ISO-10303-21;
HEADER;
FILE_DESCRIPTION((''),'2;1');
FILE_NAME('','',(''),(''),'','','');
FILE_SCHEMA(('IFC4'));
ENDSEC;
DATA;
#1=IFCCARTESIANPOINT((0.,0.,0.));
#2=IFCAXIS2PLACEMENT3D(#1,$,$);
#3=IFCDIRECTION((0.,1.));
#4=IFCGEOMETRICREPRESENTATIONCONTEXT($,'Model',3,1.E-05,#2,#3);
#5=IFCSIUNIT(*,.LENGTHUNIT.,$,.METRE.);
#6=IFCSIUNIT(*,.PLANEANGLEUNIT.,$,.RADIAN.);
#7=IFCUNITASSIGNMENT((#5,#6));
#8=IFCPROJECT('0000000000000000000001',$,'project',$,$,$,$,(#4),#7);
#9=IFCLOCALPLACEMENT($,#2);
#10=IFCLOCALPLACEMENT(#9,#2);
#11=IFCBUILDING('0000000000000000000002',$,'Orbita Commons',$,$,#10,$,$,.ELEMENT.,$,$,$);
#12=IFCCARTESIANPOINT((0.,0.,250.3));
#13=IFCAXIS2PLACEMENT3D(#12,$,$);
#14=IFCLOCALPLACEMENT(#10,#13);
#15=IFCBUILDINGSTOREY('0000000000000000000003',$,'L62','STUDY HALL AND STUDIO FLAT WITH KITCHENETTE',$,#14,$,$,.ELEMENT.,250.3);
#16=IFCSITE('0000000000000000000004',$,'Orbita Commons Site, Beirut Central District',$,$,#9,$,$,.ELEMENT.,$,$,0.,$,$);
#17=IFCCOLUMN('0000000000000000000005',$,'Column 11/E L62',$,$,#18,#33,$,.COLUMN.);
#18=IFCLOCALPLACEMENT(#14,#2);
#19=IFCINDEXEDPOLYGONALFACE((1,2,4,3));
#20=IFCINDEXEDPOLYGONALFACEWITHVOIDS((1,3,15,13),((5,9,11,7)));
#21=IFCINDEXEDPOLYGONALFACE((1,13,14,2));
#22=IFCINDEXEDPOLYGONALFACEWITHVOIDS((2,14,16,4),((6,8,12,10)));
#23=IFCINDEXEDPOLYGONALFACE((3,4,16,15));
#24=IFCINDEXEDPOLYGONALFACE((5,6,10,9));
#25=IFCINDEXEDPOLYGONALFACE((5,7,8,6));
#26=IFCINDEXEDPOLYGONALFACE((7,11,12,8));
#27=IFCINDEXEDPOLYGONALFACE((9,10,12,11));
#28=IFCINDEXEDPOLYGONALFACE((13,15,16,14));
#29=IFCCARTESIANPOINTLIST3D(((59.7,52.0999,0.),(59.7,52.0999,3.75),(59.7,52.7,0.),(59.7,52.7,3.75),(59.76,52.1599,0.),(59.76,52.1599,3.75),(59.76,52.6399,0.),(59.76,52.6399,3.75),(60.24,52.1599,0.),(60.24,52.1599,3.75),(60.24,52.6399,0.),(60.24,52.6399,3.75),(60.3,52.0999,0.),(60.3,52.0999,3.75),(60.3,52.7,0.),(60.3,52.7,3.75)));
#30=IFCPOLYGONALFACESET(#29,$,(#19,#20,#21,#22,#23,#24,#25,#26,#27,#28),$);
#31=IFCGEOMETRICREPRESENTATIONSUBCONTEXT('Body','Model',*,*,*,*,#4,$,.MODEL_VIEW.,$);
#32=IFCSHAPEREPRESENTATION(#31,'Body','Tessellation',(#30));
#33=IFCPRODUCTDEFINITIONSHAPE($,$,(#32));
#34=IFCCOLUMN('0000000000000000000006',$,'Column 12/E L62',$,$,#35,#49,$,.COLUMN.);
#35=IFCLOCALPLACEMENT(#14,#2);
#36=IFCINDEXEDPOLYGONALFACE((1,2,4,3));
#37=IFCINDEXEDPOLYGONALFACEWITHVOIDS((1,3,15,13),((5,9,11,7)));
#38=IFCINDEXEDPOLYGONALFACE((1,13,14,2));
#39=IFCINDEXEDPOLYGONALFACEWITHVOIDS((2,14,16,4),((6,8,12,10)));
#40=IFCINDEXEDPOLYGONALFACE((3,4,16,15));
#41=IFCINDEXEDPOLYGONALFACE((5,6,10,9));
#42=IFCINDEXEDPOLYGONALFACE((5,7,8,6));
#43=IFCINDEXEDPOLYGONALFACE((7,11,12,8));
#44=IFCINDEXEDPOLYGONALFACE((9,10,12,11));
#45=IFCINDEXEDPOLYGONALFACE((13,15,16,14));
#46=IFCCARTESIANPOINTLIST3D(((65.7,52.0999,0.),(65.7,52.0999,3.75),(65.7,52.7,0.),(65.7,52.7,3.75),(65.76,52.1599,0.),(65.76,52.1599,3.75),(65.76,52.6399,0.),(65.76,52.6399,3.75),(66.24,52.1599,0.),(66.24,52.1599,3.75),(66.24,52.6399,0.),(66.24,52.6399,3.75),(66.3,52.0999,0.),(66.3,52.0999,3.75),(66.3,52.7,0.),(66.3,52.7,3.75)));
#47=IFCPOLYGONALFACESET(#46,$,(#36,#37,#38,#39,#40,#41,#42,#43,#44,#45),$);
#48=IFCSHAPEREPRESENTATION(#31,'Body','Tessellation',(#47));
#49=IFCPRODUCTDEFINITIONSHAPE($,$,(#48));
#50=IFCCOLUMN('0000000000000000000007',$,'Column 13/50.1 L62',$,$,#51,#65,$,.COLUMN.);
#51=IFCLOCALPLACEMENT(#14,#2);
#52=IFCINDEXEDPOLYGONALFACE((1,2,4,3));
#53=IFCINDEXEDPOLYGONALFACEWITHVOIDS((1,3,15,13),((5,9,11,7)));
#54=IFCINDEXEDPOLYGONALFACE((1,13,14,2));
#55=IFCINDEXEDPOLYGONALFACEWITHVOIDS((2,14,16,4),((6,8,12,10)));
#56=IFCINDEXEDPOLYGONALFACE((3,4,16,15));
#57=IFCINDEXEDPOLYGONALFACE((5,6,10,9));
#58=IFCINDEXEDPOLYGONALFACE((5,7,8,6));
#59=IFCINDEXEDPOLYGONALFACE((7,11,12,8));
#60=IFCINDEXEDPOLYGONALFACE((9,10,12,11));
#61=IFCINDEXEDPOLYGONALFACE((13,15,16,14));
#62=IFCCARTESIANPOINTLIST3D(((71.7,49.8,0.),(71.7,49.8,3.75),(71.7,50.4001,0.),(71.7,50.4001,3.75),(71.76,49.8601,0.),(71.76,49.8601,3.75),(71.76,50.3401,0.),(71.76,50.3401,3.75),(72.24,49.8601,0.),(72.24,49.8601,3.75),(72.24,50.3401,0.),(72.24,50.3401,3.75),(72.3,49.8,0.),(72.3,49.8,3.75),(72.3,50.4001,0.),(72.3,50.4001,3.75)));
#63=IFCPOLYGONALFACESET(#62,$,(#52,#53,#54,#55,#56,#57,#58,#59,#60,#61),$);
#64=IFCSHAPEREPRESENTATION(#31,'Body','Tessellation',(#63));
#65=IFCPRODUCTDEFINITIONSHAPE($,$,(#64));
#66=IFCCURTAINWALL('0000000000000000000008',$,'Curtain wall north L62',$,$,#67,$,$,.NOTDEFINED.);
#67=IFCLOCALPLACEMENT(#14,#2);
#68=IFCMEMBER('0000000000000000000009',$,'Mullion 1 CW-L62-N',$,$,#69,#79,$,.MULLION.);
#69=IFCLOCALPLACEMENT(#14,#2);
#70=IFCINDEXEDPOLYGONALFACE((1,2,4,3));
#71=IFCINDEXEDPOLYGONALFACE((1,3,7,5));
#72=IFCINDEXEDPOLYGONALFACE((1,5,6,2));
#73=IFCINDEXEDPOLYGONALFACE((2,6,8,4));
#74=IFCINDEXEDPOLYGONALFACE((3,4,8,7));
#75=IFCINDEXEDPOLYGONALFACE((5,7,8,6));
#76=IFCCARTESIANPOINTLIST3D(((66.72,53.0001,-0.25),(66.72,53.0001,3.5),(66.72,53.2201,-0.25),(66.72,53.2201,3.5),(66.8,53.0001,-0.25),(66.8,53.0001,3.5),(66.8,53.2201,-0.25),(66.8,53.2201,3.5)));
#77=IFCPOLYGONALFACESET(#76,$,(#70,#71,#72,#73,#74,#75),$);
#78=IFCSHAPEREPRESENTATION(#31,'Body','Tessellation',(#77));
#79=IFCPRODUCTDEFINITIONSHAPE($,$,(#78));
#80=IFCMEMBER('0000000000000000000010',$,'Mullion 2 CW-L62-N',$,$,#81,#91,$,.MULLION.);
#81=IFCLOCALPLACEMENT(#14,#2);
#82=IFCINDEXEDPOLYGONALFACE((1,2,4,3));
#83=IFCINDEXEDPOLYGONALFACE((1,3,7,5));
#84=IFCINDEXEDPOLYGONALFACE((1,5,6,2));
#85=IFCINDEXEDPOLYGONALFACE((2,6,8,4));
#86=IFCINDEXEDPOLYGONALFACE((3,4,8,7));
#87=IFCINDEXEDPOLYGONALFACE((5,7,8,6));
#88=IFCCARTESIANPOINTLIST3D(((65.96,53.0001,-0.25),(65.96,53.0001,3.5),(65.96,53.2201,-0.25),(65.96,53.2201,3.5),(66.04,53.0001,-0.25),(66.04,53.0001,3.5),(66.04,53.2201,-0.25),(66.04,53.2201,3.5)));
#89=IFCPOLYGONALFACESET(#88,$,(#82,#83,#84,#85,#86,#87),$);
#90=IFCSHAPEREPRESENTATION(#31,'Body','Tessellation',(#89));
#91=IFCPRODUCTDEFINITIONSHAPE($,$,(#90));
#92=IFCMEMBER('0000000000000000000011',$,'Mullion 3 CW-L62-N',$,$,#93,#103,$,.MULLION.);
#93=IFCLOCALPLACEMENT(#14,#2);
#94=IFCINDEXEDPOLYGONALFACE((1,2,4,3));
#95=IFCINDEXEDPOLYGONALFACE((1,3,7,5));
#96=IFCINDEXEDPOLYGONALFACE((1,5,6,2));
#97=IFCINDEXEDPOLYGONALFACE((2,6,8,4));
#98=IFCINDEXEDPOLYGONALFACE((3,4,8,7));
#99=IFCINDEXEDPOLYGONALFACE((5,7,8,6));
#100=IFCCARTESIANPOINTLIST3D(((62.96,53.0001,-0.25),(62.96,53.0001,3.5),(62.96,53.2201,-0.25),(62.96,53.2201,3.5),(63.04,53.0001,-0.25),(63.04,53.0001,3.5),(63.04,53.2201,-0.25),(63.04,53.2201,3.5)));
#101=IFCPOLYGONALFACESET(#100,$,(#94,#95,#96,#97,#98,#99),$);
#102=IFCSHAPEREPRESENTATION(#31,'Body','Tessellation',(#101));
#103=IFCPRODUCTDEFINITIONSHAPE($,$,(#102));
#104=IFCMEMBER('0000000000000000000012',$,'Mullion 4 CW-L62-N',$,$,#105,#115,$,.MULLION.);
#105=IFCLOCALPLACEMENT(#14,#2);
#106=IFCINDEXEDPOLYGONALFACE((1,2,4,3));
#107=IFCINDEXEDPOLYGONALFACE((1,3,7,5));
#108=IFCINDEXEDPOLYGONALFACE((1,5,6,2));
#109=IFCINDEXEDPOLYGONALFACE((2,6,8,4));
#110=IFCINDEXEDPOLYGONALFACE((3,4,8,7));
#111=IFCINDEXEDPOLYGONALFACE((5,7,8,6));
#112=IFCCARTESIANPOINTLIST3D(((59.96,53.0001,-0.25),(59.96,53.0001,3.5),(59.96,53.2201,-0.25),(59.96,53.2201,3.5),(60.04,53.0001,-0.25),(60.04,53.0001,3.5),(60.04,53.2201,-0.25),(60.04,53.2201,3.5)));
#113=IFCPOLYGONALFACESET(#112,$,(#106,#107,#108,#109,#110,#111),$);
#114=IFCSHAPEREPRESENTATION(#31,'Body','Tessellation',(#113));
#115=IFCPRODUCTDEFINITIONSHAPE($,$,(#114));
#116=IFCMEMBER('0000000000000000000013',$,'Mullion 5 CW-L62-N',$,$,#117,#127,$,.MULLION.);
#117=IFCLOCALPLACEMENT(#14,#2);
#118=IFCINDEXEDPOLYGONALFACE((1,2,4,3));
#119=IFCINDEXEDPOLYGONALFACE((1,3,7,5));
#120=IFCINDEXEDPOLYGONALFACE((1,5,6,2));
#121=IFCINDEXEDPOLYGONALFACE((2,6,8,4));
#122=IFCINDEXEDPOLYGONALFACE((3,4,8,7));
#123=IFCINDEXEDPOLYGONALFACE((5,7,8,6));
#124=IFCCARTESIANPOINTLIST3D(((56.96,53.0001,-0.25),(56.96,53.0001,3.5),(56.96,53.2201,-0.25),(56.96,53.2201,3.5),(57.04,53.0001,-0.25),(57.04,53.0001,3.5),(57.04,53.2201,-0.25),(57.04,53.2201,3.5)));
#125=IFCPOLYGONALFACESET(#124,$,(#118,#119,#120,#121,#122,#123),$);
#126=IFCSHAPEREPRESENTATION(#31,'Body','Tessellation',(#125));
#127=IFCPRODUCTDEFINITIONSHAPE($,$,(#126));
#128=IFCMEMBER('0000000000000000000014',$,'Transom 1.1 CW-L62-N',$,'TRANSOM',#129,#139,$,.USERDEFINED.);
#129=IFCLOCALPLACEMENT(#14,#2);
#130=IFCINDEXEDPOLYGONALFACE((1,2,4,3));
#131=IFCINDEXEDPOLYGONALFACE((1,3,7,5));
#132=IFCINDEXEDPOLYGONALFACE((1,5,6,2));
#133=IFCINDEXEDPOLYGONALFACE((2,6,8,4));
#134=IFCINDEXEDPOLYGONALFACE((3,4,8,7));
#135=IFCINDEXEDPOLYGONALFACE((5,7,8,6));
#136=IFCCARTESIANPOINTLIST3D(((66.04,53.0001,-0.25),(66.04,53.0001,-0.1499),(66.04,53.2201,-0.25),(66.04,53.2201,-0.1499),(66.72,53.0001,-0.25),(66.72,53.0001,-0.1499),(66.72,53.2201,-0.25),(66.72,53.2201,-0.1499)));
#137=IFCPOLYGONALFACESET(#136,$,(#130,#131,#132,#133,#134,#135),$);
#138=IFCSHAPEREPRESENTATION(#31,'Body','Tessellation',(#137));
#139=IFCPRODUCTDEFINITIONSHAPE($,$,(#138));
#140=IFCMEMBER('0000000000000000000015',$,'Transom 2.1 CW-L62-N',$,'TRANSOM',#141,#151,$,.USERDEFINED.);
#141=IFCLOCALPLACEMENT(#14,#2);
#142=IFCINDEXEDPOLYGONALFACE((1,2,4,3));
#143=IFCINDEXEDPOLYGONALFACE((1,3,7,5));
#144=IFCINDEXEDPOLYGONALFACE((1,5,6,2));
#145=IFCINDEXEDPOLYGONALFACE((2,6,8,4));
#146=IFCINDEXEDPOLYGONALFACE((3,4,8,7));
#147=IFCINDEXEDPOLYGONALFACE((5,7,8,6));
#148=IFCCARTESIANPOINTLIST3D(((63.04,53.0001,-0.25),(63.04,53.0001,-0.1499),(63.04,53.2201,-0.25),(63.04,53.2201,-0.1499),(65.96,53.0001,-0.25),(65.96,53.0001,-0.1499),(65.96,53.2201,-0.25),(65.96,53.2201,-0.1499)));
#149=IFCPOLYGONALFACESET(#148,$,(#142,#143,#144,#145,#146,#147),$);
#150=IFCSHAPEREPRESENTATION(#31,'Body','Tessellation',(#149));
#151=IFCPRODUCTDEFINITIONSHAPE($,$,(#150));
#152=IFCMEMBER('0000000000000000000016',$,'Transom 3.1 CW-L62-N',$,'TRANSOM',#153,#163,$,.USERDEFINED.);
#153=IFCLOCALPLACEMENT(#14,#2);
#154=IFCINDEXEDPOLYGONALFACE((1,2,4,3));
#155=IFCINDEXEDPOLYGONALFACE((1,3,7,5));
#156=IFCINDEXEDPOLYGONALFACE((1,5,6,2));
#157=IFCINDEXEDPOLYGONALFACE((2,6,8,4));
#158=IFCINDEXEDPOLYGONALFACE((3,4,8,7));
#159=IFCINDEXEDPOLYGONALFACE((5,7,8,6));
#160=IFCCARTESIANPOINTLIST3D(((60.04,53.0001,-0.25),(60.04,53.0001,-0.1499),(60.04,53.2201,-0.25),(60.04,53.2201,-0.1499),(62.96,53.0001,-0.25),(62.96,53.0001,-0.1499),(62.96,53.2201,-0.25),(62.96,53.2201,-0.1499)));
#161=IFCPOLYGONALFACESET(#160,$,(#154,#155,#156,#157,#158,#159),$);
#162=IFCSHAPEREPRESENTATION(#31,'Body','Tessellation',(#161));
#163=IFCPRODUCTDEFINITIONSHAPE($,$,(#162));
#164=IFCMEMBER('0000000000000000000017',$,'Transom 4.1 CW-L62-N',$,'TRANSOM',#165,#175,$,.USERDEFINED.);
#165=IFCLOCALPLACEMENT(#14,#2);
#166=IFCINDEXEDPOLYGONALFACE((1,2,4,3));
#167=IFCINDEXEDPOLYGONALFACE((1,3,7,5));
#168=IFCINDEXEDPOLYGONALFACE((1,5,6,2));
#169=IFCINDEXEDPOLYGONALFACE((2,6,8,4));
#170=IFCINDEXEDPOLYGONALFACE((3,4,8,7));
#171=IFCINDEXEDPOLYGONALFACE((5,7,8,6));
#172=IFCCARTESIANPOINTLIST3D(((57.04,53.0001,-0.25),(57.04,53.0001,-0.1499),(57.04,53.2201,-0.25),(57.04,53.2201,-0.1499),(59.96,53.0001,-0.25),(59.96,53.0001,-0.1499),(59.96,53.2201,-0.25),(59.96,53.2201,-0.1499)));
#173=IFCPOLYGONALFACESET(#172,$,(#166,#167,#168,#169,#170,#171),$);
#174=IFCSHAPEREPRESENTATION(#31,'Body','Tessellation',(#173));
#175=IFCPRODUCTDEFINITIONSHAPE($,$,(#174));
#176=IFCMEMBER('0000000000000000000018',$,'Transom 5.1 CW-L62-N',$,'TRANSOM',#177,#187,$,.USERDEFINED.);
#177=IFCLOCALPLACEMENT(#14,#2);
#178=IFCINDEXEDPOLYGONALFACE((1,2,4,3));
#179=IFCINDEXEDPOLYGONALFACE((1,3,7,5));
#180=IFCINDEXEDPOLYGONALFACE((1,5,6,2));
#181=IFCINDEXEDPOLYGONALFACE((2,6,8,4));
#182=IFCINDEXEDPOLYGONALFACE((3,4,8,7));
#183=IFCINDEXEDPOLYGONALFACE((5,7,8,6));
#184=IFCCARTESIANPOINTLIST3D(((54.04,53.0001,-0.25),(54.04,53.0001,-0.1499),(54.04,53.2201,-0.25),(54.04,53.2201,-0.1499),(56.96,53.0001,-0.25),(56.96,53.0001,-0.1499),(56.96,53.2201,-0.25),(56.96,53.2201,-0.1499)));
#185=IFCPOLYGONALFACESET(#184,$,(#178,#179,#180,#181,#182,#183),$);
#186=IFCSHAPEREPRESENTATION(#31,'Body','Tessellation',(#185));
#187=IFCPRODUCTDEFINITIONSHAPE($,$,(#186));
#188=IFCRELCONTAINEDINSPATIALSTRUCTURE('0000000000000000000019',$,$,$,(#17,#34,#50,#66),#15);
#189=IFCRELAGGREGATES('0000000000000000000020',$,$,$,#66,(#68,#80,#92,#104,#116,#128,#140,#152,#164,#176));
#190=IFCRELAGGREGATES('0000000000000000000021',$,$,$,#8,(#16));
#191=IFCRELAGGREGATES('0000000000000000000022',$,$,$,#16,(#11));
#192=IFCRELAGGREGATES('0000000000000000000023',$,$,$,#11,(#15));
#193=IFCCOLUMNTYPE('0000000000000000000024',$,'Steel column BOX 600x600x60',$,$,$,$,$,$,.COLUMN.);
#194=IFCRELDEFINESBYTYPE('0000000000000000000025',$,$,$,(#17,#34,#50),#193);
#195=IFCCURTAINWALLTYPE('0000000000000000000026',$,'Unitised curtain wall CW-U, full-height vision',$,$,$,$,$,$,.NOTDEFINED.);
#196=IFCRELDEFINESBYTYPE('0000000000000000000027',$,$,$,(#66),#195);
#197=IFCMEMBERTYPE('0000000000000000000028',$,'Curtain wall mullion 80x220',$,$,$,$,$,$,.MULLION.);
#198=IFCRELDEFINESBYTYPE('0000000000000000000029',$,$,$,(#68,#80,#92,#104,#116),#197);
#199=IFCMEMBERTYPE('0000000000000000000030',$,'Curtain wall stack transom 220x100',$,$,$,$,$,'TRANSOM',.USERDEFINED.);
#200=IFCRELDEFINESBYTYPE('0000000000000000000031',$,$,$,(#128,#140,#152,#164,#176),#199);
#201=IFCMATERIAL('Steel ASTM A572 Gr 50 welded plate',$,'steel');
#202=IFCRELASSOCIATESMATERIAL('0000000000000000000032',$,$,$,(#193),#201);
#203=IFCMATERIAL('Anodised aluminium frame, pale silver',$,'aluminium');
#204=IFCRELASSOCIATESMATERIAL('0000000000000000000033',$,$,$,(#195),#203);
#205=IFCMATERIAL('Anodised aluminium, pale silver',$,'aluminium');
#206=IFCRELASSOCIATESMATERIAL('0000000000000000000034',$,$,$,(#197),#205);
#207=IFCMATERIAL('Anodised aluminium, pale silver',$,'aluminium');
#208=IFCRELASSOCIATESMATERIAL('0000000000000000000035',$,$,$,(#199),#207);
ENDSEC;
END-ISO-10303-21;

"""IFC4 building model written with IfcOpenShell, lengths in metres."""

from ifc_helpers import new_model, si_unit, direction, frame, origin, origin_2d, place, context, subcontext, project, spatial, rectangle, hollow_rectangle, extrude, material, material_profile, profile_set, type_object, element, aggregate, save


model = new_model("IFC4")

# Units and contexts
model_context = context("Model", 3, precision=1e-05, world=origin(), true_north=direction((0.0, 1.0)))
body_context = subcontext(model_context, "Body", "Model", "MODEL_VIEW")
ifc_project = project(units=[si_unit("LENGTHUNIT", "METRE"), si_unit("PLANEANGLEUNIT", "RADIAN")], contexts=[model_context])

# Site, building, storey
site_placement = place(None, origin())
site = spatial("IfcSite", under=ifc_project, at=site_placement, Name="Orbita Commons Site, Beirut Central District", CompositionType="ELEMENT", RefElevation=0.0)
building_placement = place(site_placement, origin())
building = spatial("IfcBuilding", under=site, at=building_placement, Name="Orbita Commons", CompositionType="ELEMENT")
storey_placement = place(building_placement, frame((0.0, 0.0, 250.3)))
storey = spatial("IfcBuildingStorey", under=building, at=storey_placement, Name="L62", Description="STUDY HALL AND STUDIO FLAT WITH KITCHENETTE", CompositionType="ELEMENT", Elevation=250.3)

# Columns
ifc_material_1 = material(Name="Steel ASTM A572 Gr 50 welded plate", Category="steel")
ifc_material_profile_1 = material_profile(ifc_material_1, hollow_rectangle(XDim=0.6001, YDim=0.6001, WallThickness=0.0601, at=origin_2d()), Name="BOX 600x600x60")
ifc_profile_set_1 = profile_set([ifc_material_profile_1], Name="Steel ASTM A572 Gr 50 welded plate")
column_type = type_object("IfcColumnType", Name="Steel column BOX 600x600x60", PredefinedType="COLUMN", material=ifc_profile_set_1)
for number, where, z_axis, x_axis, name in (
    (1, (60.0, 52.3999, 0.0), (0.0, 0.0, 1.0), (1.0, 0.0, 0.0), "Column 11/E L62"),
    (2, (66.0, 52.3999, 0.0), (0.0, 0.0, 1.0), (1.0, 0.0, 0.0), "Column 12/E L62"),
    (3, (72.0, 50.1001, 0.0), (0.0, 0.0, 1.0), (1.0, 0.0, 0.0), "Column 13/50.1 L62"),
):
    element("IfcColumn", number, at=place(storey_placement, frame(where, z_axis=z_axis, x_axis=x_axis)), inside=storey, type_object=column_type, Name=name, PredefinedType="COLUMN", context=body_context, shape_type="SweptSolid", body=[
        extrude(hollow_rectangle(XDim=0.6001, YDim=0.6001, WallThickness=0.0601, at=origin_2d()), origin(), (0.0, 0.0, 1.0), 3.75),
    ])

# Curtain wall, members
ifc_material_2 = material(Name="Anodised aluminium frame, pale silver", Category="aluminium")
curtain_wall_type = type_object("IfcCurtainWallType", Name="Unitised curtain wall CW-U, full-height vision", PredefinedType="NOTDEFINED", material=ifc_material_2)
curtain_wall_placement = place(storey_placement, origin())
curtain_wall = element("IfcCurtainWall", 4, at=curtain_wall_placement, inside=storey, type_object=curtain_wall_type, Name="Curtain wall north L62", PredefinedType="NOTDEFINED")
ifc_material_3 = material(Name="Anodised aluminium, pale silver", Category="aluminium")
ifc_material_profile_2 = material_profile(ifc_material_3, rectangle(XDim=0.0801, YDim=0.22, at=origin_2d()), Name="AL 80x220")
ifc_profile_set_2 = profile_set([ifc_material_profile_2], Name="Anodised aluminium, pale silver")
member_type_1 = type_object("IfcMemberType", Name="Curtain wall mullion 80x220", PredefinedType="MULLION", material=ifc_profile_set_2)
member_1_placement = place(storey_placement, frame((66.76, 53.1101, -0.25), z_axis=(0.0, 0.0, 1.0), x_axis=(-1.0, 0.0, 0.0)))
member_1 = element("IfcMember", 5, at=member_1_placement, type_object=member_type_1, Name="Mullion 1 CW-L62-N", PredefinedType="MULLION", context=body_context, shape_type="SweptSolid", body=[
    extrude(rectangle(XDim=0.0801, YDim=0.22, at=origin_2d()), origin(), (0.0, 0.0, 1.0), 3.75),
])
member_2_placement = place(storey_placement, frame((66.0, 53.1101, -0.25), z_axis=(0.0, 0.0, 1.0), x_axis=(-1.0, 0.0, 0.0)))
member_2 = element("IfcMember", 6, at=member_2_placement, type_object=member_type_1, Name="Mullion 2 CW-L62-N", PredefinedType="MULLION", context=body_context, shape_type="SweptSolid", body=[
    extrude(rectangle(XDim=0.0801, YDim=0.22, at=origin_2d()), origin(), (0.0, 0.0, 1.0), 3.75),
])
member_3_placement = place(storey_placement, frame((63.0, 53.1101, -0.25), z_axis=(0.0, 0.0, 1.0), x_axis=(-1.0, 0.0, 0.0)))
member_3 = element("IfcMember", 7, at=member_3_placement, type_object=member_type_1, Name="Mullion 3 CW-L62-N", PredefinedType="MULLION", context=body_context, shape_type="SweptSolid", body=[
    extrude(rectangle(XDim=0.0801, YDim=0.22, at=origin_2d()), origin(), (0.0, 0.0, 1.0), 3.75),
])
member_4_placement = place(storey_placement, frame((60.0, 53.1101, -0.25), z_axis=(0.0, 0.0, 1.0), x_axis=(-1.0, 0.0, 0.0)))
member_4 = element("IfcMember", 8, at=member_4_placement, type_object=member_type_1, Name="Mullion 4 CW-L62-N", PredefinedType="MULLION", context=body_context, shape_type="SweptSolid", body=[
    extrude(rectangle(XDim=0.0801, YDim=0.22, at=origin_2d()), origin(), (0.0, 0.0, 1.0), 3.75),
])
member_5_placement = place(storey_placement, frame((57.0, 53.1101, -0.25), z_axis=(0.0, 0.0, 1.0), x_axis=(-1.0, 0.0, 0.0)))
member_5 = element("IfcMember", 9, at=member_5_placement, type_object=member_type_1, Name="Mullion 5 CW-L62-N", PredefinedType="MULLION", context=body_context, shape_type="SweptSolid", body=[
    extrude(rectangle(XDim=0.0801, YDim=0.22, at=origin_2d()), origin(), (0.0, 0.0, 1.0), 3.75),
])
ifc_material_4 = material(Name="Anodised aluminium, pale silver", Category="aluminium")
ifc_material_profile_3 = material_profile(ifc_material_4, rectangle(XDim=0.22, YDim=0.1001, at=origin_2d()), Name="AL 220x100")
ifc_profile_set_3 = profile_set([ifc_material_profile_3], Name="Anodised aluminium, pale silver")
member_type_2 = type_object("IfcMemberType", Name="Curtain wall stack transom 220x100", ElementType="TRANSOM", PredefinedType="USERDEFINED", material=ifc_profile_set_3)
member_6_placement = place(storey_placement, frame((66.72, 53.1101, -0.2), z_axis=(-1.0, 0.0, 0.0), x_axis=(0.0, -1.0, 0.0)))
member_6 = element("IfcMember", 10, at=member_6_placement, type_object=member_type_2, Name="Transom 1.1 CW-L62-N", ObjectType="TRANSOM", PredefinedType="USERDEFINED", context=body_context, shape_type="SweptSolid", body=[
    extrude(rectangle(XDim=0.22, YDim=0.1001, at=origin_2d()), origin(), (0.0, 0.0, 1.0), 0.6799),
])
member_7_placement = place(storey_placement, frame((65.96, 53.1101, -0.2), z_axis=(-1.0, 0.0, 0.0), x_axis=(0.0, -1.0, 0.0)))
member_7 = element("IfcMember", 11, at=member_7_placement, type_object=member_type_2, Name="Transom 2.1 CW-L62-N", ObjectType="TRANSOM", PredefinedType="USERDEFINED", context=body_context, shape_type="SweptSolid", body=[
    extrude(rectangle(XDim=0.22, YDim=0.1001, at=origin_2d()), origin(), (0.0, 0.0, 1.0), 2.9199),
])
member_8_placement = place(storey_placement, frame((62.96, 53.1101, -0.2), z_axis=(-1.0, 0.0, 0.0), x_axis=(0.0, -1.0, 0.0)))
member_8 = element("IfcMember", 12, at=member_8_placement, type_object=member_type_2, Name="Transom 3.1 CW-L62-N", ObjectType="TRANSOM", PredefinedType="USERDEFINED", context=body_context, shape_type="SweptSolid", body=[
    extrude(rectangle(XDim=0.22, YDim=0.1001, at=origin_2d()), origin(), (0.0, 0.0, 1.0), 2.9199),
])
member_9_placement = place(storey_placement, frame((59.96, 53.1101, -0.2), z_axis=(-1.0, 0.0, 0.0), x_axis=(0.0, -1.0, 0.0)))
member_9 = element("IfcMember", 13, at=member_9_placement, type_object=member_type_2, Name="Transom 4.1 CW-L62-N", ObjectType="TRANSOM", PredefinedType="USERDEFINED", context=body_context, shape_type="SweptSolid", body=[
    extrude(rectangle(XDim=0.22, YDim=0.1001, at=origin_2d()), origin(), (0.0, 0.0, 1.0), 2.9199),
])
member_10_placement = place(storey_placement, frame((56.96, 53.1101, -0.2), z_axis=(-1.0, 0.0, 0.0), x_axis=(0.0, -1.0, 0.0)))
member_10 = element("IfcMember", 14, at=member_10_placement, type_object=member_type_2, Name="Transom 5.1 CW-L62-N", ObjectType="TRANSOM", PredefinedType="USERDEFINED", context=body_context, shape_type="SweptSolid", body=[
    extrude(rectangle(XDim=0.22, YDim=0.1001, at=origin_2d()), origin(), (0.0, 0.0, 1.0), 2.9199),
])

aggregate(curtain_wall, [member_1, member_2, member_3, member_4, member_5, member_6, member_7, member_8, member_9, member_10])

save(model, "model.ifc")
